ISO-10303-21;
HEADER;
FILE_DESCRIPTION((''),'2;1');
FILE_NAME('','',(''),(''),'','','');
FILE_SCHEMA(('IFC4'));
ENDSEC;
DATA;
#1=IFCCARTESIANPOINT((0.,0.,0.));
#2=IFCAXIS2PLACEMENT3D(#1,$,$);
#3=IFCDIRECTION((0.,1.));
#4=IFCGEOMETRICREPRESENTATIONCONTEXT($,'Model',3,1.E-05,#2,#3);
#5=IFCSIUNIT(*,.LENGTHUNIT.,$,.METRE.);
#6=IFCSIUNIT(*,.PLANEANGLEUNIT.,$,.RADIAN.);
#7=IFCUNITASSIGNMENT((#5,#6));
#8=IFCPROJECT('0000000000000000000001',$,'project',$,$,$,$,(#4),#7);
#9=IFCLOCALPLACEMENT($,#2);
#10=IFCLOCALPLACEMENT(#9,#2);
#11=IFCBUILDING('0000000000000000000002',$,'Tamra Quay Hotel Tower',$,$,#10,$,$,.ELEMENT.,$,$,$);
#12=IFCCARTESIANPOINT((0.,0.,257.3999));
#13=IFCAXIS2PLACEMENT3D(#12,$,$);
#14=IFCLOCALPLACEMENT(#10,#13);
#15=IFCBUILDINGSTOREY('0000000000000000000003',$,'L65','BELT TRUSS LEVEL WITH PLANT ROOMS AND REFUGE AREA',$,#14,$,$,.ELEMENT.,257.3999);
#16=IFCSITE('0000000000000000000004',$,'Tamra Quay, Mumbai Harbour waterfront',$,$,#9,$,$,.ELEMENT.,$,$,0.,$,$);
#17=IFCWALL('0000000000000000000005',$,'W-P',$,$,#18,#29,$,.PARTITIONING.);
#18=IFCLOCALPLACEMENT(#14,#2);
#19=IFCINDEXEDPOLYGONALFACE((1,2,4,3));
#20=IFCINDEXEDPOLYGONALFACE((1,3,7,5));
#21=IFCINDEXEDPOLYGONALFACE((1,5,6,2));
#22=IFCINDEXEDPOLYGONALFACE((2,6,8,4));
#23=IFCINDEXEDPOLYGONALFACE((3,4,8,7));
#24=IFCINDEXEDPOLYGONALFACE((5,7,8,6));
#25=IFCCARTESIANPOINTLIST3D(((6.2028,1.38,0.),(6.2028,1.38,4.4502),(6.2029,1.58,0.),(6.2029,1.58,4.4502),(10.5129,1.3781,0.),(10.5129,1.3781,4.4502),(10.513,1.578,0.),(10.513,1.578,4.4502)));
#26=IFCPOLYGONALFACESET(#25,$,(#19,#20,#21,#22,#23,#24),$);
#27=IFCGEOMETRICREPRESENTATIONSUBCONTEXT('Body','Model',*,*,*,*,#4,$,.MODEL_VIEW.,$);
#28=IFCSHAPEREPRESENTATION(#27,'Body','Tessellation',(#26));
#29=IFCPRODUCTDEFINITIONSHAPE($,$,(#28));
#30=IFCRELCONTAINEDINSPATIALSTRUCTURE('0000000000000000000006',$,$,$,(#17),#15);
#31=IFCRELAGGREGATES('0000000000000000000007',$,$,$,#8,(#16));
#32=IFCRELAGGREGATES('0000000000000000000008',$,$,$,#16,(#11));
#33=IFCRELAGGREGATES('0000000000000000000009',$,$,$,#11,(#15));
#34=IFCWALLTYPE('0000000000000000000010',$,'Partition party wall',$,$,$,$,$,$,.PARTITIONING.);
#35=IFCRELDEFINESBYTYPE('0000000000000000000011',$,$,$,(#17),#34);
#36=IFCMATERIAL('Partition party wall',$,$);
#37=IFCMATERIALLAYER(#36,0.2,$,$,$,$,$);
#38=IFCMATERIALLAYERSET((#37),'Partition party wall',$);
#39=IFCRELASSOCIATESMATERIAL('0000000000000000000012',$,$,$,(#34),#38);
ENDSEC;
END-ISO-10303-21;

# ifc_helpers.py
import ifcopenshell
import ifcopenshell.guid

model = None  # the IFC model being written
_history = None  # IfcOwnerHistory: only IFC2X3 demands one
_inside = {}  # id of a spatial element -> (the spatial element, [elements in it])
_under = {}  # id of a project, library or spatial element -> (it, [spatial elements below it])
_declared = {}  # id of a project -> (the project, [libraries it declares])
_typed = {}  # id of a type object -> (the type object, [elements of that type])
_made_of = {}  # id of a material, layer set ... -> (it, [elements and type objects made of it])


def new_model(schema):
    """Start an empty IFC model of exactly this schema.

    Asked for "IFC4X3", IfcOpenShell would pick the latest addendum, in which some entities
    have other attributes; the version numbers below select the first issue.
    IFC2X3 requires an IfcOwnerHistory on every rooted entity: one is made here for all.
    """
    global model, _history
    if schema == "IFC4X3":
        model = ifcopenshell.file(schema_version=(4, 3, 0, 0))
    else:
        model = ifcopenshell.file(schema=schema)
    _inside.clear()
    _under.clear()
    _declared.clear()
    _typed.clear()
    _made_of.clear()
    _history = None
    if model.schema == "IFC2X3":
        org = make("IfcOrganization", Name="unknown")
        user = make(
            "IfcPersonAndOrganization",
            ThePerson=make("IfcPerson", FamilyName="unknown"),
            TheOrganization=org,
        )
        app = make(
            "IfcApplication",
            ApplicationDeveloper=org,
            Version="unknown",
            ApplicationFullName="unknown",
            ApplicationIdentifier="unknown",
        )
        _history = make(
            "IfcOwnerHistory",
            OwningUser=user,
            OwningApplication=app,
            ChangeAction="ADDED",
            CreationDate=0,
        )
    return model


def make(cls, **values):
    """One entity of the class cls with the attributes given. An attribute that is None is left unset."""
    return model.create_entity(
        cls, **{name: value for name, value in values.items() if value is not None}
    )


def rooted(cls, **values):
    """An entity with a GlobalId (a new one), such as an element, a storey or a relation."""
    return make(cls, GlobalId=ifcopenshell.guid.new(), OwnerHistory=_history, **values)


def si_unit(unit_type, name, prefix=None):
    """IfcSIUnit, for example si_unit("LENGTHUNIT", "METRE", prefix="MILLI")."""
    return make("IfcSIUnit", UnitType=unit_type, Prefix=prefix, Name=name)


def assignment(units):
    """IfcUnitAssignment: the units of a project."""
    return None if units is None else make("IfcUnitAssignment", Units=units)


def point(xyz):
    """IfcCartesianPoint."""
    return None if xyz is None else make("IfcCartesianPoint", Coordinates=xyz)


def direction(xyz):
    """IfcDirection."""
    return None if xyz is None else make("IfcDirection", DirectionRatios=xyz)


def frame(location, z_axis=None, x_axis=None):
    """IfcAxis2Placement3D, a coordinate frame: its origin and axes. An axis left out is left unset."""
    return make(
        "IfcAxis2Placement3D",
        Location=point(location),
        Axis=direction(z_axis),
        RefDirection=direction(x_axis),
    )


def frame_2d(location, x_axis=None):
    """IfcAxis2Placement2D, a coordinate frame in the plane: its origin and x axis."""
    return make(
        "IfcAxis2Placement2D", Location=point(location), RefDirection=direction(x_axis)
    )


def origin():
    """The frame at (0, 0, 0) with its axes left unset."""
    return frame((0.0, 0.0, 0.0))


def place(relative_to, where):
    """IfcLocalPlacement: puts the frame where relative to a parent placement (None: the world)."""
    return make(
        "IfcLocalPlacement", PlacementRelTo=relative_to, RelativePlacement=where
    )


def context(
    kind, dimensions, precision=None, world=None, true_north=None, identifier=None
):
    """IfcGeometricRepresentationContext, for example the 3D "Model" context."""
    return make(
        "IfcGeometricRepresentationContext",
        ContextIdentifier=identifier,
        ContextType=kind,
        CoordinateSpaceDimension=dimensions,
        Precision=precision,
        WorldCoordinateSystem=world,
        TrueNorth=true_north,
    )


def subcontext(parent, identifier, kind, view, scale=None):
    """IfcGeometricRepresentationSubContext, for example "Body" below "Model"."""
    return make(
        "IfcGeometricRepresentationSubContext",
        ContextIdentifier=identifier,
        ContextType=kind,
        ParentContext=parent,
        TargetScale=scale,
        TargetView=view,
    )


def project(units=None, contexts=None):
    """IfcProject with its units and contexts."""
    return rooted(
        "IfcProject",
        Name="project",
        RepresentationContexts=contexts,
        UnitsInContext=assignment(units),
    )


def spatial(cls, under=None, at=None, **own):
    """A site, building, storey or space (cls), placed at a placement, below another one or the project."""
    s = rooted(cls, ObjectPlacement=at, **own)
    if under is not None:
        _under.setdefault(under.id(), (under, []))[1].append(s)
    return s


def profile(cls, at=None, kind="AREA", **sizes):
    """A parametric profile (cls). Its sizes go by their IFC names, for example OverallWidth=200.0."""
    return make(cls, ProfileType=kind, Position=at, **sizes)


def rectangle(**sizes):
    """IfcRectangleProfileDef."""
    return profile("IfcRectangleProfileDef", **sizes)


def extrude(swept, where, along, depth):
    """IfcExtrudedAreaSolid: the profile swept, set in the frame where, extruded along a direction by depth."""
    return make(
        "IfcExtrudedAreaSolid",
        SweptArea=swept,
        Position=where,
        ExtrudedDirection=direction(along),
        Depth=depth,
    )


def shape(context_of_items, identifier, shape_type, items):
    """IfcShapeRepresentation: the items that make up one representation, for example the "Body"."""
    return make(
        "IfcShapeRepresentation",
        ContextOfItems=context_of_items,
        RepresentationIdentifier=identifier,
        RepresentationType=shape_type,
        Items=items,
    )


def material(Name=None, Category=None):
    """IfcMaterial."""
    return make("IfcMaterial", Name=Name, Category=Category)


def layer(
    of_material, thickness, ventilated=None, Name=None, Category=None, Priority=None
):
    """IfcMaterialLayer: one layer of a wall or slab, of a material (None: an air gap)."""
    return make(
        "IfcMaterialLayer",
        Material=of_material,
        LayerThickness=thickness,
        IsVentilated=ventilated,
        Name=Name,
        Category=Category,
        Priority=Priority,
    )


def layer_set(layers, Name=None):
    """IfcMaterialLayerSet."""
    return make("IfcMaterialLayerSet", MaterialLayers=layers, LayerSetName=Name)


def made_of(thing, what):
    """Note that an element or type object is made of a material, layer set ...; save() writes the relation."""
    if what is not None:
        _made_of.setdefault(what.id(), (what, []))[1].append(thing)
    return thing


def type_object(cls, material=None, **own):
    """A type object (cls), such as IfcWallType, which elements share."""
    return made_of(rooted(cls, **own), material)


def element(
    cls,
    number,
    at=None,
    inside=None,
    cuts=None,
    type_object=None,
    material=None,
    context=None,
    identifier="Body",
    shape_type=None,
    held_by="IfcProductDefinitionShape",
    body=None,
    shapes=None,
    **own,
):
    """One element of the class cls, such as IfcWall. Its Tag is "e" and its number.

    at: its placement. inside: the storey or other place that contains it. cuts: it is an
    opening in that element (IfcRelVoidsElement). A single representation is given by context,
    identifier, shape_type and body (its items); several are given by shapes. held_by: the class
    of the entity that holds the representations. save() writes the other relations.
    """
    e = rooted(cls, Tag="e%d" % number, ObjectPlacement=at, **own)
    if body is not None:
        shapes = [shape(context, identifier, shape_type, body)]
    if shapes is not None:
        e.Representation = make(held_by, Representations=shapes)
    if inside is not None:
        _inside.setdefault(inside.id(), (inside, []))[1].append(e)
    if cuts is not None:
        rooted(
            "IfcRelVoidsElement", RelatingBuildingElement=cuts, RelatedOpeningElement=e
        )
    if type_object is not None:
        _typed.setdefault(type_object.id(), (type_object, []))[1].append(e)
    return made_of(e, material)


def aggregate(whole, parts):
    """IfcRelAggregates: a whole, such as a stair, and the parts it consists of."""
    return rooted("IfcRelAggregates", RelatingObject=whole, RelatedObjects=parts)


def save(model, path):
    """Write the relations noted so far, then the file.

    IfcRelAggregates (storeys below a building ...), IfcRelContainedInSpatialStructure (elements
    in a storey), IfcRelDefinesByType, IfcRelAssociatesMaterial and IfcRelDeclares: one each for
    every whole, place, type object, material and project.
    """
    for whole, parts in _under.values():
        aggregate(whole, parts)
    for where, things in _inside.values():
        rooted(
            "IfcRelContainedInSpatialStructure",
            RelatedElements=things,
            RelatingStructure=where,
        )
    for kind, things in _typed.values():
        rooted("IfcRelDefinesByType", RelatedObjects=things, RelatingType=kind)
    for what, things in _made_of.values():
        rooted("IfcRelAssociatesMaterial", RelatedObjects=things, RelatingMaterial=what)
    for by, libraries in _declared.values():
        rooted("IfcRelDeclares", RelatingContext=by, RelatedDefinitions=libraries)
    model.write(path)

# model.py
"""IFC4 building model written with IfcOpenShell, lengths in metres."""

from ifc_helpers import new_model, si_unit, direction, frame, frame_2d, origin, place, context, subcontext, project, spatial, rectangle, extrude, material, layer, layer_set, type_object, element, save


model = new_model("IFC4")

# Units and contexts
model_context = context("Model", 3, precision=1e-05, world=origin(), true_north=direction((0.0, 1.0)))
body_context = subcontext(model_context, "Body", "Model", "MODEL_VIEW")
ifc_project = project(units=[si_unit("LENGTHUNIT", "METRE"), si_unit("PLANEANGLEUNIT", "RADIAN")], contexts=[model_context])

# Site, building, storey
site_placement = place(None, origin())
site = spatial("IfcSite", under=ifc_project, at=site_placement, Name="Tamra Quay, Mumbai Harbour waterfront", CompositionType="ELEMENT", RefElevation=0.0)
building_placement = place(site_placement, origin())
building = spatial("IfcBuilding", under=site, at=building_placement, Name="Tamra Quay Hotel Tower", CompositionType="ELEMENT")
storey_placement = place(building_placement, frame((0.0, 0.0, 257.3999)))
storey = spatial("IfcBuildingStorey", under=building, at=storey_placement, Name="L65", Description="BELT TRUSS LEVEL WITH PLANT ROOMS AND REFUGE AREA", CompositionType="ELEMENT", Elevation=257.3999)

# Wall
ifc_material_1 = material(Name="Partition party wall")
ifc_layer_1 = layer(ifc_material_1, 0.2)
ifc_layer_set_1 = layer_set([ifc_layer_1], Name="Partition party wall")
wall_type_1 = type_object("IfcWallType", Name="Partition party wall", PredefinedType="PARTITIONING", material=ifc_layer_set_1)
wall_1_placement = place(storey_placement, frame((6.2029, 1.48, 0.0), z_axis=(0.0, 0.0, 1.0), x_axis=(1.0, -0.000453, 0.0)))
element("IfcWall", 1, at=wall_1_placement, inside=storey, type_object=wall_type_1, Name="W-P", PredefinedType="PARTITIONING", context=body_context, shape_type="SweptSolid", body=[
    extrude(rectangle(XDim=4.3101, YDim=0.2, at=frame_2d((2.155, 0.0))), origin(), (0.0, 0.0, 1.0), 4.4502),
])

save(model, "model.ifc")
